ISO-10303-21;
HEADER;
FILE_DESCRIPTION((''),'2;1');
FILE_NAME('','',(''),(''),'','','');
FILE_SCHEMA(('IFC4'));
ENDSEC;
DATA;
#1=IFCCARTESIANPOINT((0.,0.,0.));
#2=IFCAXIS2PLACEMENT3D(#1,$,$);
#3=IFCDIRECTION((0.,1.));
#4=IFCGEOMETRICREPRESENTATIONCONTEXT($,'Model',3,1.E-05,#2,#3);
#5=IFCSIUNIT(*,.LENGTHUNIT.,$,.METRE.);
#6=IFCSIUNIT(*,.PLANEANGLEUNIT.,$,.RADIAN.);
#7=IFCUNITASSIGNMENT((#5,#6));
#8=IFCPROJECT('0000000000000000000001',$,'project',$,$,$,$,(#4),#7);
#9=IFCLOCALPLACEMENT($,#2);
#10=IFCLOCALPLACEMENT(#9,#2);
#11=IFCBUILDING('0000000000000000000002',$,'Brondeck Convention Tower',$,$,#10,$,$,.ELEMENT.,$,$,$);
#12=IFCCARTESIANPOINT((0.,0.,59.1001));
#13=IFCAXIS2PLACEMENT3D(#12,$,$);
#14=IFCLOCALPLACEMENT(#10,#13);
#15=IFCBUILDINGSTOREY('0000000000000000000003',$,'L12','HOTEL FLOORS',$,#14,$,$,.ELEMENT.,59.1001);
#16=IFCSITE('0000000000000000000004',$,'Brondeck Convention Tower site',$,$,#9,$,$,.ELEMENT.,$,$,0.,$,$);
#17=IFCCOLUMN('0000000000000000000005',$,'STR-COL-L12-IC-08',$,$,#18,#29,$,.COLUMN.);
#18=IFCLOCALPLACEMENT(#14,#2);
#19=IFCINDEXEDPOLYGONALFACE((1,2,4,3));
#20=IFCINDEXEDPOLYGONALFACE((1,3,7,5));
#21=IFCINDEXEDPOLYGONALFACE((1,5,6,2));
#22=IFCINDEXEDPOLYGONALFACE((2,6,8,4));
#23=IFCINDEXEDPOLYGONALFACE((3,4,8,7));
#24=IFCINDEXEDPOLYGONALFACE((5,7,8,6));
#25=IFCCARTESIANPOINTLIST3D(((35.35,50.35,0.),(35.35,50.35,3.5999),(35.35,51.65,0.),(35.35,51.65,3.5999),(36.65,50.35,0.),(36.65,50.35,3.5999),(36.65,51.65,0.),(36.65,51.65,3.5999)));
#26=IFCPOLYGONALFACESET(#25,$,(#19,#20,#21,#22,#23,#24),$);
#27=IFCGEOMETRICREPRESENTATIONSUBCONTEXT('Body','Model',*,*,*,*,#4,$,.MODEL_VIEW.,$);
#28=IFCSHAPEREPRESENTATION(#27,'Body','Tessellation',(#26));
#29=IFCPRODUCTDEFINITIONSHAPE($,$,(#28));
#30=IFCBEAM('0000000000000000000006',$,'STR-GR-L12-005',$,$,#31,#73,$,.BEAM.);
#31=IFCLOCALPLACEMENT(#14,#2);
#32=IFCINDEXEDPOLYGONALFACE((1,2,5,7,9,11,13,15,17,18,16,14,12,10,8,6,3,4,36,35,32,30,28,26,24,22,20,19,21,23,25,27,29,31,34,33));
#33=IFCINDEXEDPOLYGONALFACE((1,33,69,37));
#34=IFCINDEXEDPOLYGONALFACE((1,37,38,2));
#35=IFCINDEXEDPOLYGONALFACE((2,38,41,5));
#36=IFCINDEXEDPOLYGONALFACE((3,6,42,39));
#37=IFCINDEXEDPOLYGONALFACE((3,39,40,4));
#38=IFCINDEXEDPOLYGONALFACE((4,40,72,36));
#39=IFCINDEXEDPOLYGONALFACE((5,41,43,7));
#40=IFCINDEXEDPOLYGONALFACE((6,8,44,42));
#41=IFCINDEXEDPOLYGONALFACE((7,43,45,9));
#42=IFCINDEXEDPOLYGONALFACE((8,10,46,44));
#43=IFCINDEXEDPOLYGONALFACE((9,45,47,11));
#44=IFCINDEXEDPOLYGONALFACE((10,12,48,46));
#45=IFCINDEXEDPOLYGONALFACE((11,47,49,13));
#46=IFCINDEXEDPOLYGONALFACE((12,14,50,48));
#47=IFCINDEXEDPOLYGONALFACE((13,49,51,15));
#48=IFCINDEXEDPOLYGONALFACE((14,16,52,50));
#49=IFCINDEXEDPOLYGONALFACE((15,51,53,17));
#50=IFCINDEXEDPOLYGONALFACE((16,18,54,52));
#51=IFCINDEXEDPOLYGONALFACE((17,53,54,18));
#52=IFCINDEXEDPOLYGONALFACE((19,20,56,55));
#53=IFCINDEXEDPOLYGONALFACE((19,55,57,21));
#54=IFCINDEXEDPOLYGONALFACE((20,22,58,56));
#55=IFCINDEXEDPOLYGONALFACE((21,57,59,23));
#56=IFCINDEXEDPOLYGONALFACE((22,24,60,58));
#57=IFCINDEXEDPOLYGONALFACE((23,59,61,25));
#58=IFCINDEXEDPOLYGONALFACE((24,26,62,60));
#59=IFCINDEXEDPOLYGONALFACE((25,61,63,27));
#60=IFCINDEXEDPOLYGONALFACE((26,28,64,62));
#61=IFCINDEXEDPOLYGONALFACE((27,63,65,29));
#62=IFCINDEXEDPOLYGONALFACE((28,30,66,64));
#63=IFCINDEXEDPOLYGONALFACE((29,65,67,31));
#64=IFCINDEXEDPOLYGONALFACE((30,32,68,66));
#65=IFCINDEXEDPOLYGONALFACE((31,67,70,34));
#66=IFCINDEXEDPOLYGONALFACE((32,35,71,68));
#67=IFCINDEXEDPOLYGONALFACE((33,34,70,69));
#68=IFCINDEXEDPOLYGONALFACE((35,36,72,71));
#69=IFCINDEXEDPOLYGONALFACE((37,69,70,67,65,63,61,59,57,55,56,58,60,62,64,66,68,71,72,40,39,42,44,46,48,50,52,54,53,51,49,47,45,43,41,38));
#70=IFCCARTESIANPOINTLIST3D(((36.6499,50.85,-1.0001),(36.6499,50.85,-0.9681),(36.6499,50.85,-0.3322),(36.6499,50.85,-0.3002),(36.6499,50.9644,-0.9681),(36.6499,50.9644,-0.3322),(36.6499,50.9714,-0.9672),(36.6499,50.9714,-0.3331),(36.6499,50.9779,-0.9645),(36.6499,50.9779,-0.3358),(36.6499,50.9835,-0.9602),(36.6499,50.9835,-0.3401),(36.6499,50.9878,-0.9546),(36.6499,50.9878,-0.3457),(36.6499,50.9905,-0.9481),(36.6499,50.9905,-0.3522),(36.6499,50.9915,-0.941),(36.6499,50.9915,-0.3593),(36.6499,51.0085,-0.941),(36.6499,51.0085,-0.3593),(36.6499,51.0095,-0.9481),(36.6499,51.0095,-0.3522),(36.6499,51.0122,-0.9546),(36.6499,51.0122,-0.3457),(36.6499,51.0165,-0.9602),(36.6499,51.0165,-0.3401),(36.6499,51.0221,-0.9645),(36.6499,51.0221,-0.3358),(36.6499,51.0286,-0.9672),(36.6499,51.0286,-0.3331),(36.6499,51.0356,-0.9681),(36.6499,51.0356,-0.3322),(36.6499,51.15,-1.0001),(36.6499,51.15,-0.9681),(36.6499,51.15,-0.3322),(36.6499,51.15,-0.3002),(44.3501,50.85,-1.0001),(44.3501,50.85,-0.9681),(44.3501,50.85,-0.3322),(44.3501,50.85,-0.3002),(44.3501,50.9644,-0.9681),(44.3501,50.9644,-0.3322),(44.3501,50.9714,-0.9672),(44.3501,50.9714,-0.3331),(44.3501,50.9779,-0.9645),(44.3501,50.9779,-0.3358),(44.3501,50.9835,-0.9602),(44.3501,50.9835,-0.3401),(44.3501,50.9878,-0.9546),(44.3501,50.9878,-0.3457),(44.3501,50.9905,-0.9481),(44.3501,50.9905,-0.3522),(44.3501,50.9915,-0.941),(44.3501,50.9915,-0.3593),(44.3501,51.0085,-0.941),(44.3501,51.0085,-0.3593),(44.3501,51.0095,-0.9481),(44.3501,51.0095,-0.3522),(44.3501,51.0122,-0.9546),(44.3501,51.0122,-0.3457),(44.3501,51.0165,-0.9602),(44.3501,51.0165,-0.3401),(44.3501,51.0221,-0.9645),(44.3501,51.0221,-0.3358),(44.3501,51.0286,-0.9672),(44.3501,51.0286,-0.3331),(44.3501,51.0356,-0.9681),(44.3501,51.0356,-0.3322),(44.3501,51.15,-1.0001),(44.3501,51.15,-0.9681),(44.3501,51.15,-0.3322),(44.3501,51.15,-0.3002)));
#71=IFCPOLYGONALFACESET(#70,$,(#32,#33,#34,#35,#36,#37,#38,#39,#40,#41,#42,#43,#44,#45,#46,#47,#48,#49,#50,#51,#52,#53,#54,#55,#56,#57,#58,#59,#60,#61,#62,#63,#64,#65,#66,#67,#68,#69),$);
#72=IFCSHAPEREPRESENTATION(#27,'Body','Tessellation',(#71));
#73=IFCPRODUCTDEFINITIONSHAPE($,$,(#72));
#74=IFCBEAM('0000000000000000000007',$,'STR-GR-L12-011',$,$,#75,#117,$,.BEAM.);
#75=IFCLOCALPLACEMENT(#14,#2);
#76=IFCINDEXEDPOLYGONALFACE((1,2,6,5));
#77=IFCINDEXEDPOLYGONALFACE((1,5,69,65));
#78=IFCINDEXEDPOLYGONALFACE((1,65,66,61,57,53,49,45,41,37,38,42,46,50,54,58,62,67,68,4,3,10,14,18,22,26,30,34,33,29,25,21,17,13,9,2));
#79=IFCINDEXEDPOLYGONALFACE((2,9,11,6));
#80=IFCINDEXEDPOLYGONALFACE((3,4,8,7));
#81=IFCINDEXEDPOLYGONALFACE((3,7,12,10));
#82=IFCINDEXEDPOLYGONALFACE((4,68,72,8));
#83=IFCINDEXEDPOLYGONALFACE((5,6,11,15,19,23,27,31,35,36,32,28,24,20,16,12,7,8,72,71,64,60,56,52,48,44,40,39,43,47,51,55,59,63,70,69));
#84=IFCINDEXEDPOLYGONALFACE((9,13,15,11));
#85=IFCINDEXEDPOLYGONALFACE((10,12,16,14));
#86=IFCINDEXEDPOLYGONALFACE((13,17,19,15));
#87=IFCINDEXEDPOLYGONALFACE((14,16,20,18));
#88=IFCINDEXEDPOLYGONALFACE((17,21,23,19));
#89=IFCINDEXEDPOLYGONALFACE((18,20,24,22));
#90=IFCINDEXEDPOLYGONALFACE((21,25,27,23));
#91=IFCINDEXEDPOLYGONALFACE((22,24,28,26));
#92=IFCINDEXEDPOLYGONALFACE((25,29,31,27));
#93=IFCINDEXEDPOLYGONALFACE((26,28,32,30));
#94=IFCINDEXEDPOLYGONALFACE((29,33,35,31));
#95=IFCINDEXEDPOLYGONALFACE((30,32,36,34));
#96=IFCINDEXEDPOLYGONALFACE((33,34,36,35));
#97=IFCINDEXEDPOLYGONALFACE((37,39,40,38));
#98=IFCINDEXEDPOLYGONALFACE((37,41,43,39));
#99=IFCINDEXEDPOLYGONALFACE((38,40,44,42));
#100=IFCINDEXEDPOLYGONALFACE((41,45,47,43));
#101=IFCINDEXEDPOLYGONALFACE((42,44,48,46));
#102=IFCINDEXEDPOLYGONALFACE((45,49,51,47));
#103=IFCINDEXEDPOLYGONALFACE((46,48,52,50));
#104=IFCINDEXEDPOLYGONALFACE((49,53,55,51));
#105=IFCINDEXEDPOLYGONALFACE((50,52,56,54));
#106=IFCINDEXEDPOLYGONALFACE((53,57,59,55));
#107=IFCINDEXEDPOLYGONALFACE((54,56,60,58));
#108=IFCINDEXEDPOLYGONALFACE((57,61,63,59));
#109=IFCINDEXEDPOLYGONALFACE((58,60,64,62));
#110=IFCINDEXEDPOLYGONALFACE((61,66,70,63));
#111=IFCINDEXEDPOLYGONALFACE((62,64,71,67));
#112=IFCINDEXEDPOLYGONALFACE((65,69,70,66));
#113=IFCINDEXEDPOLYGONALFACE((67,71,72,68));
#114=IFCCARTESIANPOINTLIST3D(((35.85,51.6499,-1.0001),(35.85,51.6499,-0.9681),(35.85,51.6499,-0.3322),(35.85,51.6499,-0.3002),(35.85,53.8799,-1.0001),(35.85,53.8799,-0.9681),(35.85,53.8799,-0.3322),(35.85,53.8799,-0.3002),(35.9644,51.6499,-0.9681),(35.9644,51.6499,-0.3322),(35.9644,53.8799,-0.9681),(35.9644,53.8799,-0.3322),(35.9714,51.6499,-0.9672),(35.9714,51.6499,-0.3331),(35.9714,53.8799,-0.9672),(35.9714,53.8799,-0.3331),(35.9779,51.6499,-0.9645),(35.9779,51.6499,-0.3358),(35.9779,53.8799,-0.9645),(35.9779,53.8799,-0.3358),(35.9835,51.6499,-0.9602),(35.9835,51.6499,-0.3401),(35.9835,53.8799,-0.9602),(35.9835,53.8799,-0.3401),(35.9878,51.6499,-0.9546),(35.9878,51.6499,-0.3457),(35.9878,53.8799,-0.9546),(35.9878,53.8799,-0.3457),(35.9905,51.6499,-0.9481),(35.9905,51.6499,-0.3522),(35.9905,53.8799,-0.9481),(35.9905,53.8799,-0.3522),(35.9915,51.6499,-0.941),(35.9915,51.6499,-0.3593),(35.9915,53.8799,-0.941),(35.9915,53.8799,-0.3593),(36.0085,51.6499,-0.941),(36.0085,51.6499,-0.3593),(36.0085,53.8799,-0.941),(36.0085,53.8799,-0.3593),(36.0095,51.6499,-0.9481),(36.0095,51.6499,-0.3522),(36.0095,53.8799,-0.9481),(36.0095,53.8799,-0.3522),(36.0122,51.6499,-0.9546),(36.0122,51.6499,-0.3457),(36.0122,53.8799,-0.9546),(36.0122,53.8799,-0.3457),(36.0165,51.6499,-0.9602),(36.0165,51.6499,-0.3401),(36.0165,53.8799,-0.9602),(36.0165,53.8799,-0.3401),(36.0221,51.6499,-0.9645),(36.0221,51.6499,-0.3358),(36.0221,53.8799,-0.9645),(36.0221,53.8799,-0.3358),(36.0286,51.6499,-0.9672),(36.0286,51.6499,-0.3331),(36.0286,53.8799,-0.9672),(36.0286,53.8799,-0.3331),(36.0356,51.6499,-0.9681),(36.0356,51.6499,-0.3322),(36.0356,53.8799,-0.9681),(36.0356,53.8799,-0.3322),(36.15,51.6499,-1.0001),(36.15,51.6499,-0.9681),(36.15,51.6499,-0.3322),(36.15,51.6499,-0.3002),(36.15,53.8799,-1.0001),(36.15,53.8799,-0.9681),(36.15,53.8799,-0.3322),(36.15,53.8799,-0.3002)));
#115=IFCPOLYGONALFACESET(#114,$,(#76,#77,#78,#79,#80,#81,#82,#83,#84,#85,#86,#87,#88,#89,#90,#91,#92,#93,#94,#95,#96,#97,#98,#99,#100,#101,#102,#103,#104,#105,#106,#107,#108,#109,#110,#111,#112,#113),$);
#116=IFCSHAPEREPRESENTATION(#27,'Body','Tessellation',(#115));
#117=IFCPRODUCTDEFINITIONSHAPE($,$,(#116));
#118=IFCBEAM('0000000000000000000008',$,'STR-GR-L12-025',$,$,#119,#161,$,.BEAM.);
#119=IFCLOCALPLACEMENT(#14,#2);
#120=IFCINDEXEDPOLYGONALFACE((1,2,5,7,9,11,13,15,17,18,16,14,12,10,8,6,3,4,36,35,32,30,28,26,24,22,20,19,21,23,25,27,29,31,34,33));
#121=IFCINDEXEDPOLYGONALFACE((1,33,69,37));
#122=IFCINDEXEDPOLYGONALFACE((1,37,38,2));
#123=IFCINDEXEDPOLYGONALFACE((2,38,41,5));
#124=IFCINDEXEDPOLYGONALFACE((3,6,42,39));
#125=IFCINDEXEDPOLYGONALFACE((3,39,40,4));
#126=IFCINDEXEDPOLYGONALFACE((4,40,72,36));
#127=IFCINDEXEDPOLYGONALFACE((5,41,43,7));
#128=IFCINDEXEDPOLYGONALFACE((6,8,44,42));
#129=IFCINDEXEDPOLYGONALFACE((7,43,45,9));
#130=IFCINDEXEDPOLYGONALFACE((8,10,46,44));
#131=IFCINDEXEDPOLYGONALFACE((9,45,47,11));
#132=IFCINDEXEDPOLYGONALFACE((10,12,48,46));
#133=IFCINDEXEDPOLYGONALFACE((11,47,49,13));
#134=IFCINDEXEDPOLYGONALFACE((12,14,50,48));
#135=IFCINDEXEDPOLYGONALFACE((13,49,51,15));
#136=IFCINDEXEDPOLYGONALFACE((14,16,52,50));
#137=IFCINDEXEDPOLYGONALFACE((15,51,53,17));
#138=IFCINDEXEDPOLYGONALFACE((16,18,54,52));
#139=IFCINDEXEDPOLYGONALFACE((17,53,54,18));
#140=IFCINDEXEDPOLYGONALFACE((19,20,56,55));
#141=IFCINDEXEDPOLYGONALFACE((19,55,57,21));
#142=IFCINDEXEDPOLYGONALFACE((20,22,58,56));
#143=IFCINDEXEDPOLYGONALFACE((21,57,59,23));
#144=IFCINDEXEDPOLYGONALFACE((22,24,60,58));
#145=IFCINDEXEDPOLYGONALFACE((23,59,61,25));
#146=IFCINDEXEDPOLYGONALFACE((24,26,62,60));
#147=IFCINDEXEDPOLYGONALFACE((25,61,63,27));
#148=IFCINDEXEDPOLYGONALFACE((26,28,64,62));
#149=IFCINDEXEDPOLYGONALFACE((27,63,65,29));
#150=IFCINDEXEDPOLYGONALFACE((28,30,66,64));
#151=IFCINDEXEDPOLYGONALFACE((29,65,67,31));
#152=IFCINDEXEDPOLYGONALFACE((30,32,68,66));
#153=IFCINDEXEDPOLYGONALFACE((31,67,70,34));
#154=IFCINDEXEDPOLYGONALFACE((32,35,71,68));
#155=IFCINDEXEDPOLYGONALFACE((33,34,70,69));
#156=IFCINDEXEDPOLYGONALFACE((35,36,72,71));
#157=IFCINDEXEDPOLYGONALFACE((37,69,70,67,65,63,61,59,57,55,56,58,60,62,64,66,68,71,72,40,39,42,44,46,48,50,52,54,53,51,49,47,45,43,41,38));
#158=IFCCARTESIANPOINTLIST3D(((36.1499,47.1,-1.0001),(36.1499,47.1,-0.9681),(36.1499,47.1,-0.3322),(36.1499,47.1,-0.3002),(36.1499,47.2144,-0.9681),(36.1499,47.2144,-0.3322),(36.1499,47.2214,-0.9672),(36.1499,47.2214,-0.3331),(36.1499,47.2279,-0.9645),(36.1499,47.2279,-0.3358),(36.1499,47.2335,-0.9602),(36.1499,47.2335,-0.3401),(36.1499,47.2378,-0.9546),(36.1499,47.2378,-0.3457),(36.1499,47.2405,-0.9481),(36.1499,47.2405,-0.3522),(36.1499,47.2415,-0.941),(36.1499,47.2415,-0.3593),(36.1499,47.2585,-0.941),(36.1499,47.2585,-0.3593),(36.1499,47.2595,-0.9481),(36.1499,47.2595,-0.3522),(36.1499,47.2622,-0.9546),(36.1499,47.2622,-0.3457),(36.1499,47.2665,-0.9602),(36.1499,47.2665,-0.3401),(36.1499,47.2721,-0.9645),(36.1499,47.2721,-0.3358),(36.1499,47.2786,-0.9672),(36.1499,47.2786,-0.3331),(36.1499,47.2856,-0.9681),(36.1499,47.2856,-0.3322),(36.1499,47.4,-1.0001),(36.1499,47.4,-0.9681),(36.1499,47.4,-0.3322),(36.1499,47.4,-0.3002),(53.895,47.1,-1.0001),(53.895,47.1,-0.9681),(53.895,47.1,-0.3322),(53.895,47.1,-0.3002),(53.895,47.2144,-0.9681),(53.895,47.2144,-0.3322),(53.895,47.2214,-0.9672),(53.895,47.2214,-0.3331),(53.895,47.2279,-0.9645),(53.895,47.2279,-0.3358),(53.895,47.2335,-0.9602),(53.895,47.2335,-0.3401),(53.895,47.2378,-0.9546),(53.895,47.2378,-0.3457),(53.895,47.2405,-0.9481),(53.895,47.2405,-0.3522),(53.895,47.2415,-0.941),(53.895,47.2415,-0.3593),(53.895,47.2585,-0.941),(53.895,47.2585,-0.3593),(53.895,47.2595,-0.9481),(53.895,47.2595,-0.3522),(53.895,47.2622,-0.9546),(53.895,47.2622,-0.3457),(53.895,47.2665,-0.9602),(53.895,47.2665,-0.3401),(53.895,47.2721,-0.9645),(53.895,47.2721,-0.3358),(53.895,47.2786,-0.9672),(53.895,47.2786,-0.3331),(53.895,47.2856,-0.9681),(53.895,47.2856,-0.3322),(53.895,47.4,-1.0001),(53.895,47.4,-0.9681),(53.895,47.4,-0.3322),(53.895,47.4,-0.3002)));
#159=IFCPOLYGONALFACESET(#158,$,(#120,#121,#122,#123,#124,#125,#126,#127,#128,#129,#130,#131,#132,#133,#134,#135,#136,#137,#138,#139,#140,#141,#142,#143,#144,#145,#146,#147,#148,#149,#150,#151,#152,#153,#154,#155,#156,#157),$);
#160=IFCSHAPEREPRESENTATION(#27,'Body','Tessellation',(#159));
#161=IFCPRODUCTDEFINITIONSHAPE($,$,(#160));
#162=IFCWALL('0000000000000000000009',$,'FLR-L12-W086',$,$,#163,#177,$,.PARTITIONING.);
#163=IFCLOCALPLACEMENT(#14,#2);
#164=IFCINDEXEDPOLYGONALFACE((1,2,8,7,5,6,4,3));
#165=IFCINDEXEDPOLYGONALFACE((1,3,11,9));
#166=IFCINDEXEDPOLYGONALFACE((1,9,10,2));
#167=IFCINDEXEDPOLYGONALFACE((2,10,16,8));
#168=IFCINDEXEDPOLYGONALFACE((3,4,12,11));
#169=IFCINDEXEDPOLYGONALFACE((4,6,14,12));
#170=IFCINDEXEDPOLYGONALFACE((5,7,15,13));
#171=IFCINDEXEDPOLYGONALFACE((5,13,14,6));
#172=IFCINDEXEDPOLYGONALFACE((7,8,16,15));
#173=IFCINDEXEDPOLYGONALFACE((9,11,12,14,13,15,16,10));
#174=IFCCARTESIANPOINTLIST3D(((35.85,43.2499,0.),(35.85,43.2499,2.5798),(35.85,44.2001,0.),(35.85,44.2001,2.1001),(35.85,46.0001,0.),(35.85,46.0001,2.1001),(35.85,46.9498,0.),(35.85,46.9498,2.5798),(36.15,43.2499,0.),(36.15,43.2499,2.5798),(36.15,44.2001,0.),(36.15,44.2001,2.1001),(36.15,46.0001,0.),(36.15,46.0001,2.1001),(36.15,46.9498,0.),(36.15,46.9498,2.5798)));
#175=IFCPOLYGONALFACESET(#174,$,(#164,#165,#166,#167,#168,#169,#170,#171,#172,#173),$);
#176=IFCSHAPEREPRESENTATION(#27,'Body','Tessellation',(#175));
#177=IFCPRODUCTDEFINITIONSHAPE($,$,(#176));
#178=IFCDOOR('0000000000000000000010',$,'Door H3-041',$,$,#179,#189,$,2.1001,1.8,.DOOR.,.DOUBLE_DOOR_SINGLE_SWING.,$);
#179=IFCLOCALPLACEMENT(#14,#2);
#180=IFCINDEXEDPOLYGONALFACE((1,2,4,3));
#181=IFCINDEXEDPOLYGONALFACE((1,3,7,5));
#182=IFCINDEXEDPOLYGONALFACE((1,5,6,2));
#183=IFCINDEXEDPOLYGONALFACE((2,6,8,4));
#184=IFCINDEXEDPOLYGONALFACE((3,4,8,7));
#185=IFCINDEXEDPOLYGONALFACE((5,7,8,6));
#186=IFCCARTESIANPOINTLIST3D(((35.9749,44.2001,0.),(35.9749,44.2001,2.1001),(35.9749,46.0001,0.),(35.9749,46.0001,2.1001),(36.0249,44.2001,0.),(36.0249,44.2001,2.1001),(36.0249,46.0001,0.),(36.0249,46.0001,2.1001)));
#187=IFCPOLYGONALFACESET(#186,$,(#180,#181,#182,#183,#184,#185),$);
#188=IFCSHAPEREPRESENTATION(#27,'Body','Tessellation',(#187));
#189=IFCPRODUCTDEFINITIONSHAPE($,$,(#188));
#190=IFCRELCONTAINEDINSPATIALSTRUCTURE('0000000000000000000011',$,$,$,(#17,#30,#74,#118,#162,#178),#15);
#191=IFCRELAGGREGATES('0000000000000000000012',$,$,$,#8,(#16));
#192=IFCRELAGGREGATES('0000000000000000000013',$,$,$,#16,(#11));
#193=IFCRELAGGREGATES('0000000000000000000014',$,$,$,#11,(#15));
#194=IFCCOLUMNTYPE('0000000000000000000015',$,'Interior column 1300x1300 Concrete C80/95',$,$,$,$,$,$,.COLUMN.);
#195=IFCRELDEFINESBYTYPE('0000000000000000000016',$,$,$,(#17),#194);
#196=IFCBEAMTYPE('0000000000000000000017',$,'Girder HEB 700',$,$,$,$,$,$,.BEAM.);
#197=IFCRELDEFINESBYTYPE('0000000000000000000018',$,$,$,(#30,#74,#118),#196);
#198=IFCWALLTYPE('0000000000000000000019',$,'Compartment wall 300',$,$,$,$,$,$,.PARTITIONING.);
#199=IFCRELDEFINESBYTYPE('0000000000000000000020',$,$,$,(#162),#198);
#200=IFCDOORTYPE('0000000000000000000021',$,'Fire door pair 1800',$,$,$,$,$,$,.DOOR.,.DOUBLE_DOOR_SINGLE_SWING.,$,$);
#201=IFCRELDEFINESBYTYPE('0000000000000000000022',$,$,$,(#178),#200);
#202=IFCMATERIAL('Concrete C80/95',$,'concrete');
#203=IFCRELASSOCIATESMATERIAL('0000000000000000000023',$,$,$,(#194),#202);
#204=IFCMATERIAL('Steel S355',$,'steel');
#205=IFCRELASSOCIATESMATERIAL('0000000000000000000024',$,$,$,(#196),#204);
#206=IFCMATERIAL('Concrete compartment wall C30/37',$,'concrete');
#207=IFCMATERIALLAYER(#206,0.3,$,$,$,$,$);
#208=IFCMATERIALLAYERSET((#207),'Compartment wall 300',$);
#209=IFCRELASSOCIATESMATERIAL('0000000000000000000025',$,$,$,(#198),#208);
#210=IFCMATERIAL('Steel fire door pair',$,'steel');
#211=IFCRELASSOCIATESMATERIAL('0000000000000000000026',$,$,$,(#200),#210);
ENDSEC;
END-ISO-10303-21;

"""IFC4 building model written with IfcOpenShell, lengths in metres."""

from ifc_helpers import new_model, si_unit, direction, frame, frame_2d, origin, origin_2d, place, context, subcontext, project, spatial, rectangle, i_section, extrude, material, layer, layer_set, material_profile, profile_set, type_object, element, fill, save


model = new_model("IFC4")

# Units and contexts
model_context = context("Model", 3, precision=1e-05, world=origin(), true_north=direction((0.0, 1.0)))
body_context = subcontext(model_context, "Body", "Model", "MODEL_VIEW")
ifc_project = project(units=[si_unit("LENGTHUNIT", "METRE"), si_unit("PLANEANGLEUNIT", "RADIAN")], contexts=[model_context])

# Site, building, storey
site_placement = place(None, origin())
site = spatial("IfcSite", under=ifc_project, at=site_placement, Name="Brondeck Convention Tower site", CompositionType="ELEMENT", RefElevation=0.0)
building_placement = place(site_placement, origin())
building = spatial("IfcBuilding", under=site, at=building_placement, Name="Brondeck Convention Tower", CompositionType="ELEMENT")
storey_placement = place(building_placement, frame((0.0, 0.0, 59.1001)))
storey = spatial("IfcBuildingStorey", under=building, at=storey_placement, Name="L12", Description="HOTEL FLOORS", CompositionType="ELEMENT", Elevation=59.1001)

# Column
ifc_material_1 = material(Name="Concrete C80/95", Category="concrete")
ifc_material_profile_1 = material_profile(ifc_material_1, rectangle(XDim=1.3, YDim=1.3, at=origin_2d()), Name="Interior column 1300x1300 Concrete C80/95")
ifc_profile_set_1 = profile_set([ifc_material_profile_1], Name="Concrete C80/95")
column_type = type_object("IfcColumnType", Name="Interior column 1300x1300 Concrete C80/95", PredefinedType="COLUMN", material=ifc_profile_set_1)
column_placement = place(storey_placement, frame((36.0, 51.0, 0.0), z_axis=(0.0, 0.0, 1.0), x_axis=(1.0, 0.0, 0.0)))
element("IfcColumn", 1, at=column_placement, inside=storey, type_object=column_type, Name="STR-COL-L12-IC-08", PredefinedType="COLUMN", context=body_context, shape_type="SweptSolid", body=[
    extrude(rectangle(XDim=1.3, YDim=1.3, at=origin_2d()), origin(), (0.0, 0.0, 1.0), 3.5999),
])

# Beams
ifc_material_2 = material(Name="Steel S355", Category="steel")
ifc_material_profile_2 = material_profile(ifc_material_2, i_section(OverallWidth=0.3, OverallDepth=0.7, WebThickness=0.0171, FlangeThickness=0.032, FilletRadius=0.0271, at=origin_2d()), Name="HEB 700")
ifc_profile_set_2 = profile_set([ifc_material_profile_2], Name="Steel S355")
beam_type = type_object("IfcBeamType", Name="Girder HEB 700", PredefinedType="BEAM", material=ifc_profile_set_2)
beam_1_placement = place(storey_placement, frame((36.6499, 51.0, -0.6501), z_axis=(1.0, 0.0, 0.0), x_axis=(0.0, 1.0, 0.0)))
element("IfcBeam", 2, at=beam_1_placement, inside=storey, type_object=beam_type, Name="STR-GR-L12-005", PredefinedType="BEAM", context=body_context, shape_type="SweptSolid", body=[
    extrude(i_section(OverallWidth=0.3, OverallDepth=0.7, WebThickness=0.0171, FlangeThickness=0.032, FilletRadius=0.0271, at=origin_2d()), origin(), (0.0, 0.0, 1.0), 7.7002),
])
beam_2_placement = place(storey_placement, frame((36.0, 51.6499, -0.6501), z_axis=(0.0, 1.0, 0.0), x_axis=(-1.0, 0.0, 0.0)))
element("IfcBeam", 3, at=beam_2_placement, inside=storey, type_object=beam_type, Name="STR-GR-L12-011", PredefinedType="BEAM", context=body_context, shape_type="SweptSolid", body=[
    extrude(i_section(OverallWidth=0.3, OverallDepth=0.7, WebThickness=0.0171, FlangeThickness=0.032, FilletRadius=0.0271, at=origin_2d()), origin(), (0.0, 0.0, 1.0), 2.23),
])
beam_3_placement = place(storey_placement, frame((36.1499, 47.25, -0.6501), z_axis=(1.0, 0.0, 0.0), x_axis=(0.0, 1.0, 0.0)))
element("IfcBeam", 4, at=beam_3_placement, inside=storey, type_object=beam_type, Name="STR-GR-L12-025", PredefinedType="BEAM", context=body_context, shape_type="SweptSolid", body=[
    extrude(i_section(OverallWidth=0.3, OverallDepth=0.7, WebThickness=0.0171, FlangeThickness=0.032, FilletRadius=0.0271, at=origin_2d()), origin(), (0.0, 0.0, 1.0), 17.7451),
])

# Wall, opening, door
ifc_material_3 = material(Name="Concrete compartment wall C30/37", Category="concrete")
ifc_layer_1 = layer(ifc_material_3, 0.3)
ifc_layer_set_1 = layer_set([ifc_layer_1], Name="Compartment wall 300")
wall_type_1 = type_object("IfcWallType", Name="Compartment wall 300", PredefinedType="PARTITIONING", material=ifc_layer_set_1)
wall_1_placement = place(storey_placement, frame((36.0, 46.95, 0.0), z_axis=(0.0, 0.0, 1.0), x_axis=(0.0, -1.0, 0.0)))
wall_1 = element("IfcWall", 5, at=wall_1_placement, inside=storey, type_object=wall_type_1, Name="FLR-L12-W086", PredefinedType="PARTITIONING", context=body_context, shape_type="SweptSolid", body=[
    extrude(rectangle(XDim=3.7, YDim=0.3, at=frame_2d((1.8501, 0.0))), origin(), (0.0, 0.0, 1.0), 2.5798),
])
opening_1_placement = place(wall_1_placement, frame((0.95, 0.0, 0.0)))
opening_1 = element("IfcOpeningElement", 6, at=opening_1_placement, cuts=wall_1, PredefinedType="OPENING", context=body_context, shape_type="SweptSolid", body=[
    extrude(rectangle(XDim=1.8, YDim=2.1001, at=frame_2d((0.8999, 1.05))), frame((0.0, 0.1599, 0.0), z_axis=(0.0, -1.0, 0.0), x_axis=(1.0, 0.0, 0.0)), (0.0, 0.0, 1.0), 0.3201),
])
ifc_material_4 = material(Name="Steel fire door pair", Category="steel")
door_type_1 = type_object("IfcDoorType", Name="Fire door pair 1800", OperationType="DOUBLE_DOOR_SINGLE_SWING", PredefinedType="DOOR", material=ifc_material_4)
door_1_placement = place(opening_1_placement, origin())
door_1 = element("IfcDoor", 7, at=door_1_placement, inside=storey, type_object=door_type_1, Name="Door H3-041", OperationType="DOUBLE_DOOR_SINGLE_SWING", OverallHeight=2.1001, OverallWidth=1.8, PredefinedType="DOOR", context=body_context, shape_type="SweptSolid", body=[
    extrude(rectangle(XDim=1.8, YDim=2.1001, at=frame_2d((0.8999, 1.05))), frame((0.0, 0.0249, 0.0), z_axis=(0.0, -1.0, 0.0), x_axis=(1.0, 0.0, 0.0)), (0.0, 0.0, 1.0), 0.05),
])
fill(opening_1, door_1)

save(model, "model.ifc")
